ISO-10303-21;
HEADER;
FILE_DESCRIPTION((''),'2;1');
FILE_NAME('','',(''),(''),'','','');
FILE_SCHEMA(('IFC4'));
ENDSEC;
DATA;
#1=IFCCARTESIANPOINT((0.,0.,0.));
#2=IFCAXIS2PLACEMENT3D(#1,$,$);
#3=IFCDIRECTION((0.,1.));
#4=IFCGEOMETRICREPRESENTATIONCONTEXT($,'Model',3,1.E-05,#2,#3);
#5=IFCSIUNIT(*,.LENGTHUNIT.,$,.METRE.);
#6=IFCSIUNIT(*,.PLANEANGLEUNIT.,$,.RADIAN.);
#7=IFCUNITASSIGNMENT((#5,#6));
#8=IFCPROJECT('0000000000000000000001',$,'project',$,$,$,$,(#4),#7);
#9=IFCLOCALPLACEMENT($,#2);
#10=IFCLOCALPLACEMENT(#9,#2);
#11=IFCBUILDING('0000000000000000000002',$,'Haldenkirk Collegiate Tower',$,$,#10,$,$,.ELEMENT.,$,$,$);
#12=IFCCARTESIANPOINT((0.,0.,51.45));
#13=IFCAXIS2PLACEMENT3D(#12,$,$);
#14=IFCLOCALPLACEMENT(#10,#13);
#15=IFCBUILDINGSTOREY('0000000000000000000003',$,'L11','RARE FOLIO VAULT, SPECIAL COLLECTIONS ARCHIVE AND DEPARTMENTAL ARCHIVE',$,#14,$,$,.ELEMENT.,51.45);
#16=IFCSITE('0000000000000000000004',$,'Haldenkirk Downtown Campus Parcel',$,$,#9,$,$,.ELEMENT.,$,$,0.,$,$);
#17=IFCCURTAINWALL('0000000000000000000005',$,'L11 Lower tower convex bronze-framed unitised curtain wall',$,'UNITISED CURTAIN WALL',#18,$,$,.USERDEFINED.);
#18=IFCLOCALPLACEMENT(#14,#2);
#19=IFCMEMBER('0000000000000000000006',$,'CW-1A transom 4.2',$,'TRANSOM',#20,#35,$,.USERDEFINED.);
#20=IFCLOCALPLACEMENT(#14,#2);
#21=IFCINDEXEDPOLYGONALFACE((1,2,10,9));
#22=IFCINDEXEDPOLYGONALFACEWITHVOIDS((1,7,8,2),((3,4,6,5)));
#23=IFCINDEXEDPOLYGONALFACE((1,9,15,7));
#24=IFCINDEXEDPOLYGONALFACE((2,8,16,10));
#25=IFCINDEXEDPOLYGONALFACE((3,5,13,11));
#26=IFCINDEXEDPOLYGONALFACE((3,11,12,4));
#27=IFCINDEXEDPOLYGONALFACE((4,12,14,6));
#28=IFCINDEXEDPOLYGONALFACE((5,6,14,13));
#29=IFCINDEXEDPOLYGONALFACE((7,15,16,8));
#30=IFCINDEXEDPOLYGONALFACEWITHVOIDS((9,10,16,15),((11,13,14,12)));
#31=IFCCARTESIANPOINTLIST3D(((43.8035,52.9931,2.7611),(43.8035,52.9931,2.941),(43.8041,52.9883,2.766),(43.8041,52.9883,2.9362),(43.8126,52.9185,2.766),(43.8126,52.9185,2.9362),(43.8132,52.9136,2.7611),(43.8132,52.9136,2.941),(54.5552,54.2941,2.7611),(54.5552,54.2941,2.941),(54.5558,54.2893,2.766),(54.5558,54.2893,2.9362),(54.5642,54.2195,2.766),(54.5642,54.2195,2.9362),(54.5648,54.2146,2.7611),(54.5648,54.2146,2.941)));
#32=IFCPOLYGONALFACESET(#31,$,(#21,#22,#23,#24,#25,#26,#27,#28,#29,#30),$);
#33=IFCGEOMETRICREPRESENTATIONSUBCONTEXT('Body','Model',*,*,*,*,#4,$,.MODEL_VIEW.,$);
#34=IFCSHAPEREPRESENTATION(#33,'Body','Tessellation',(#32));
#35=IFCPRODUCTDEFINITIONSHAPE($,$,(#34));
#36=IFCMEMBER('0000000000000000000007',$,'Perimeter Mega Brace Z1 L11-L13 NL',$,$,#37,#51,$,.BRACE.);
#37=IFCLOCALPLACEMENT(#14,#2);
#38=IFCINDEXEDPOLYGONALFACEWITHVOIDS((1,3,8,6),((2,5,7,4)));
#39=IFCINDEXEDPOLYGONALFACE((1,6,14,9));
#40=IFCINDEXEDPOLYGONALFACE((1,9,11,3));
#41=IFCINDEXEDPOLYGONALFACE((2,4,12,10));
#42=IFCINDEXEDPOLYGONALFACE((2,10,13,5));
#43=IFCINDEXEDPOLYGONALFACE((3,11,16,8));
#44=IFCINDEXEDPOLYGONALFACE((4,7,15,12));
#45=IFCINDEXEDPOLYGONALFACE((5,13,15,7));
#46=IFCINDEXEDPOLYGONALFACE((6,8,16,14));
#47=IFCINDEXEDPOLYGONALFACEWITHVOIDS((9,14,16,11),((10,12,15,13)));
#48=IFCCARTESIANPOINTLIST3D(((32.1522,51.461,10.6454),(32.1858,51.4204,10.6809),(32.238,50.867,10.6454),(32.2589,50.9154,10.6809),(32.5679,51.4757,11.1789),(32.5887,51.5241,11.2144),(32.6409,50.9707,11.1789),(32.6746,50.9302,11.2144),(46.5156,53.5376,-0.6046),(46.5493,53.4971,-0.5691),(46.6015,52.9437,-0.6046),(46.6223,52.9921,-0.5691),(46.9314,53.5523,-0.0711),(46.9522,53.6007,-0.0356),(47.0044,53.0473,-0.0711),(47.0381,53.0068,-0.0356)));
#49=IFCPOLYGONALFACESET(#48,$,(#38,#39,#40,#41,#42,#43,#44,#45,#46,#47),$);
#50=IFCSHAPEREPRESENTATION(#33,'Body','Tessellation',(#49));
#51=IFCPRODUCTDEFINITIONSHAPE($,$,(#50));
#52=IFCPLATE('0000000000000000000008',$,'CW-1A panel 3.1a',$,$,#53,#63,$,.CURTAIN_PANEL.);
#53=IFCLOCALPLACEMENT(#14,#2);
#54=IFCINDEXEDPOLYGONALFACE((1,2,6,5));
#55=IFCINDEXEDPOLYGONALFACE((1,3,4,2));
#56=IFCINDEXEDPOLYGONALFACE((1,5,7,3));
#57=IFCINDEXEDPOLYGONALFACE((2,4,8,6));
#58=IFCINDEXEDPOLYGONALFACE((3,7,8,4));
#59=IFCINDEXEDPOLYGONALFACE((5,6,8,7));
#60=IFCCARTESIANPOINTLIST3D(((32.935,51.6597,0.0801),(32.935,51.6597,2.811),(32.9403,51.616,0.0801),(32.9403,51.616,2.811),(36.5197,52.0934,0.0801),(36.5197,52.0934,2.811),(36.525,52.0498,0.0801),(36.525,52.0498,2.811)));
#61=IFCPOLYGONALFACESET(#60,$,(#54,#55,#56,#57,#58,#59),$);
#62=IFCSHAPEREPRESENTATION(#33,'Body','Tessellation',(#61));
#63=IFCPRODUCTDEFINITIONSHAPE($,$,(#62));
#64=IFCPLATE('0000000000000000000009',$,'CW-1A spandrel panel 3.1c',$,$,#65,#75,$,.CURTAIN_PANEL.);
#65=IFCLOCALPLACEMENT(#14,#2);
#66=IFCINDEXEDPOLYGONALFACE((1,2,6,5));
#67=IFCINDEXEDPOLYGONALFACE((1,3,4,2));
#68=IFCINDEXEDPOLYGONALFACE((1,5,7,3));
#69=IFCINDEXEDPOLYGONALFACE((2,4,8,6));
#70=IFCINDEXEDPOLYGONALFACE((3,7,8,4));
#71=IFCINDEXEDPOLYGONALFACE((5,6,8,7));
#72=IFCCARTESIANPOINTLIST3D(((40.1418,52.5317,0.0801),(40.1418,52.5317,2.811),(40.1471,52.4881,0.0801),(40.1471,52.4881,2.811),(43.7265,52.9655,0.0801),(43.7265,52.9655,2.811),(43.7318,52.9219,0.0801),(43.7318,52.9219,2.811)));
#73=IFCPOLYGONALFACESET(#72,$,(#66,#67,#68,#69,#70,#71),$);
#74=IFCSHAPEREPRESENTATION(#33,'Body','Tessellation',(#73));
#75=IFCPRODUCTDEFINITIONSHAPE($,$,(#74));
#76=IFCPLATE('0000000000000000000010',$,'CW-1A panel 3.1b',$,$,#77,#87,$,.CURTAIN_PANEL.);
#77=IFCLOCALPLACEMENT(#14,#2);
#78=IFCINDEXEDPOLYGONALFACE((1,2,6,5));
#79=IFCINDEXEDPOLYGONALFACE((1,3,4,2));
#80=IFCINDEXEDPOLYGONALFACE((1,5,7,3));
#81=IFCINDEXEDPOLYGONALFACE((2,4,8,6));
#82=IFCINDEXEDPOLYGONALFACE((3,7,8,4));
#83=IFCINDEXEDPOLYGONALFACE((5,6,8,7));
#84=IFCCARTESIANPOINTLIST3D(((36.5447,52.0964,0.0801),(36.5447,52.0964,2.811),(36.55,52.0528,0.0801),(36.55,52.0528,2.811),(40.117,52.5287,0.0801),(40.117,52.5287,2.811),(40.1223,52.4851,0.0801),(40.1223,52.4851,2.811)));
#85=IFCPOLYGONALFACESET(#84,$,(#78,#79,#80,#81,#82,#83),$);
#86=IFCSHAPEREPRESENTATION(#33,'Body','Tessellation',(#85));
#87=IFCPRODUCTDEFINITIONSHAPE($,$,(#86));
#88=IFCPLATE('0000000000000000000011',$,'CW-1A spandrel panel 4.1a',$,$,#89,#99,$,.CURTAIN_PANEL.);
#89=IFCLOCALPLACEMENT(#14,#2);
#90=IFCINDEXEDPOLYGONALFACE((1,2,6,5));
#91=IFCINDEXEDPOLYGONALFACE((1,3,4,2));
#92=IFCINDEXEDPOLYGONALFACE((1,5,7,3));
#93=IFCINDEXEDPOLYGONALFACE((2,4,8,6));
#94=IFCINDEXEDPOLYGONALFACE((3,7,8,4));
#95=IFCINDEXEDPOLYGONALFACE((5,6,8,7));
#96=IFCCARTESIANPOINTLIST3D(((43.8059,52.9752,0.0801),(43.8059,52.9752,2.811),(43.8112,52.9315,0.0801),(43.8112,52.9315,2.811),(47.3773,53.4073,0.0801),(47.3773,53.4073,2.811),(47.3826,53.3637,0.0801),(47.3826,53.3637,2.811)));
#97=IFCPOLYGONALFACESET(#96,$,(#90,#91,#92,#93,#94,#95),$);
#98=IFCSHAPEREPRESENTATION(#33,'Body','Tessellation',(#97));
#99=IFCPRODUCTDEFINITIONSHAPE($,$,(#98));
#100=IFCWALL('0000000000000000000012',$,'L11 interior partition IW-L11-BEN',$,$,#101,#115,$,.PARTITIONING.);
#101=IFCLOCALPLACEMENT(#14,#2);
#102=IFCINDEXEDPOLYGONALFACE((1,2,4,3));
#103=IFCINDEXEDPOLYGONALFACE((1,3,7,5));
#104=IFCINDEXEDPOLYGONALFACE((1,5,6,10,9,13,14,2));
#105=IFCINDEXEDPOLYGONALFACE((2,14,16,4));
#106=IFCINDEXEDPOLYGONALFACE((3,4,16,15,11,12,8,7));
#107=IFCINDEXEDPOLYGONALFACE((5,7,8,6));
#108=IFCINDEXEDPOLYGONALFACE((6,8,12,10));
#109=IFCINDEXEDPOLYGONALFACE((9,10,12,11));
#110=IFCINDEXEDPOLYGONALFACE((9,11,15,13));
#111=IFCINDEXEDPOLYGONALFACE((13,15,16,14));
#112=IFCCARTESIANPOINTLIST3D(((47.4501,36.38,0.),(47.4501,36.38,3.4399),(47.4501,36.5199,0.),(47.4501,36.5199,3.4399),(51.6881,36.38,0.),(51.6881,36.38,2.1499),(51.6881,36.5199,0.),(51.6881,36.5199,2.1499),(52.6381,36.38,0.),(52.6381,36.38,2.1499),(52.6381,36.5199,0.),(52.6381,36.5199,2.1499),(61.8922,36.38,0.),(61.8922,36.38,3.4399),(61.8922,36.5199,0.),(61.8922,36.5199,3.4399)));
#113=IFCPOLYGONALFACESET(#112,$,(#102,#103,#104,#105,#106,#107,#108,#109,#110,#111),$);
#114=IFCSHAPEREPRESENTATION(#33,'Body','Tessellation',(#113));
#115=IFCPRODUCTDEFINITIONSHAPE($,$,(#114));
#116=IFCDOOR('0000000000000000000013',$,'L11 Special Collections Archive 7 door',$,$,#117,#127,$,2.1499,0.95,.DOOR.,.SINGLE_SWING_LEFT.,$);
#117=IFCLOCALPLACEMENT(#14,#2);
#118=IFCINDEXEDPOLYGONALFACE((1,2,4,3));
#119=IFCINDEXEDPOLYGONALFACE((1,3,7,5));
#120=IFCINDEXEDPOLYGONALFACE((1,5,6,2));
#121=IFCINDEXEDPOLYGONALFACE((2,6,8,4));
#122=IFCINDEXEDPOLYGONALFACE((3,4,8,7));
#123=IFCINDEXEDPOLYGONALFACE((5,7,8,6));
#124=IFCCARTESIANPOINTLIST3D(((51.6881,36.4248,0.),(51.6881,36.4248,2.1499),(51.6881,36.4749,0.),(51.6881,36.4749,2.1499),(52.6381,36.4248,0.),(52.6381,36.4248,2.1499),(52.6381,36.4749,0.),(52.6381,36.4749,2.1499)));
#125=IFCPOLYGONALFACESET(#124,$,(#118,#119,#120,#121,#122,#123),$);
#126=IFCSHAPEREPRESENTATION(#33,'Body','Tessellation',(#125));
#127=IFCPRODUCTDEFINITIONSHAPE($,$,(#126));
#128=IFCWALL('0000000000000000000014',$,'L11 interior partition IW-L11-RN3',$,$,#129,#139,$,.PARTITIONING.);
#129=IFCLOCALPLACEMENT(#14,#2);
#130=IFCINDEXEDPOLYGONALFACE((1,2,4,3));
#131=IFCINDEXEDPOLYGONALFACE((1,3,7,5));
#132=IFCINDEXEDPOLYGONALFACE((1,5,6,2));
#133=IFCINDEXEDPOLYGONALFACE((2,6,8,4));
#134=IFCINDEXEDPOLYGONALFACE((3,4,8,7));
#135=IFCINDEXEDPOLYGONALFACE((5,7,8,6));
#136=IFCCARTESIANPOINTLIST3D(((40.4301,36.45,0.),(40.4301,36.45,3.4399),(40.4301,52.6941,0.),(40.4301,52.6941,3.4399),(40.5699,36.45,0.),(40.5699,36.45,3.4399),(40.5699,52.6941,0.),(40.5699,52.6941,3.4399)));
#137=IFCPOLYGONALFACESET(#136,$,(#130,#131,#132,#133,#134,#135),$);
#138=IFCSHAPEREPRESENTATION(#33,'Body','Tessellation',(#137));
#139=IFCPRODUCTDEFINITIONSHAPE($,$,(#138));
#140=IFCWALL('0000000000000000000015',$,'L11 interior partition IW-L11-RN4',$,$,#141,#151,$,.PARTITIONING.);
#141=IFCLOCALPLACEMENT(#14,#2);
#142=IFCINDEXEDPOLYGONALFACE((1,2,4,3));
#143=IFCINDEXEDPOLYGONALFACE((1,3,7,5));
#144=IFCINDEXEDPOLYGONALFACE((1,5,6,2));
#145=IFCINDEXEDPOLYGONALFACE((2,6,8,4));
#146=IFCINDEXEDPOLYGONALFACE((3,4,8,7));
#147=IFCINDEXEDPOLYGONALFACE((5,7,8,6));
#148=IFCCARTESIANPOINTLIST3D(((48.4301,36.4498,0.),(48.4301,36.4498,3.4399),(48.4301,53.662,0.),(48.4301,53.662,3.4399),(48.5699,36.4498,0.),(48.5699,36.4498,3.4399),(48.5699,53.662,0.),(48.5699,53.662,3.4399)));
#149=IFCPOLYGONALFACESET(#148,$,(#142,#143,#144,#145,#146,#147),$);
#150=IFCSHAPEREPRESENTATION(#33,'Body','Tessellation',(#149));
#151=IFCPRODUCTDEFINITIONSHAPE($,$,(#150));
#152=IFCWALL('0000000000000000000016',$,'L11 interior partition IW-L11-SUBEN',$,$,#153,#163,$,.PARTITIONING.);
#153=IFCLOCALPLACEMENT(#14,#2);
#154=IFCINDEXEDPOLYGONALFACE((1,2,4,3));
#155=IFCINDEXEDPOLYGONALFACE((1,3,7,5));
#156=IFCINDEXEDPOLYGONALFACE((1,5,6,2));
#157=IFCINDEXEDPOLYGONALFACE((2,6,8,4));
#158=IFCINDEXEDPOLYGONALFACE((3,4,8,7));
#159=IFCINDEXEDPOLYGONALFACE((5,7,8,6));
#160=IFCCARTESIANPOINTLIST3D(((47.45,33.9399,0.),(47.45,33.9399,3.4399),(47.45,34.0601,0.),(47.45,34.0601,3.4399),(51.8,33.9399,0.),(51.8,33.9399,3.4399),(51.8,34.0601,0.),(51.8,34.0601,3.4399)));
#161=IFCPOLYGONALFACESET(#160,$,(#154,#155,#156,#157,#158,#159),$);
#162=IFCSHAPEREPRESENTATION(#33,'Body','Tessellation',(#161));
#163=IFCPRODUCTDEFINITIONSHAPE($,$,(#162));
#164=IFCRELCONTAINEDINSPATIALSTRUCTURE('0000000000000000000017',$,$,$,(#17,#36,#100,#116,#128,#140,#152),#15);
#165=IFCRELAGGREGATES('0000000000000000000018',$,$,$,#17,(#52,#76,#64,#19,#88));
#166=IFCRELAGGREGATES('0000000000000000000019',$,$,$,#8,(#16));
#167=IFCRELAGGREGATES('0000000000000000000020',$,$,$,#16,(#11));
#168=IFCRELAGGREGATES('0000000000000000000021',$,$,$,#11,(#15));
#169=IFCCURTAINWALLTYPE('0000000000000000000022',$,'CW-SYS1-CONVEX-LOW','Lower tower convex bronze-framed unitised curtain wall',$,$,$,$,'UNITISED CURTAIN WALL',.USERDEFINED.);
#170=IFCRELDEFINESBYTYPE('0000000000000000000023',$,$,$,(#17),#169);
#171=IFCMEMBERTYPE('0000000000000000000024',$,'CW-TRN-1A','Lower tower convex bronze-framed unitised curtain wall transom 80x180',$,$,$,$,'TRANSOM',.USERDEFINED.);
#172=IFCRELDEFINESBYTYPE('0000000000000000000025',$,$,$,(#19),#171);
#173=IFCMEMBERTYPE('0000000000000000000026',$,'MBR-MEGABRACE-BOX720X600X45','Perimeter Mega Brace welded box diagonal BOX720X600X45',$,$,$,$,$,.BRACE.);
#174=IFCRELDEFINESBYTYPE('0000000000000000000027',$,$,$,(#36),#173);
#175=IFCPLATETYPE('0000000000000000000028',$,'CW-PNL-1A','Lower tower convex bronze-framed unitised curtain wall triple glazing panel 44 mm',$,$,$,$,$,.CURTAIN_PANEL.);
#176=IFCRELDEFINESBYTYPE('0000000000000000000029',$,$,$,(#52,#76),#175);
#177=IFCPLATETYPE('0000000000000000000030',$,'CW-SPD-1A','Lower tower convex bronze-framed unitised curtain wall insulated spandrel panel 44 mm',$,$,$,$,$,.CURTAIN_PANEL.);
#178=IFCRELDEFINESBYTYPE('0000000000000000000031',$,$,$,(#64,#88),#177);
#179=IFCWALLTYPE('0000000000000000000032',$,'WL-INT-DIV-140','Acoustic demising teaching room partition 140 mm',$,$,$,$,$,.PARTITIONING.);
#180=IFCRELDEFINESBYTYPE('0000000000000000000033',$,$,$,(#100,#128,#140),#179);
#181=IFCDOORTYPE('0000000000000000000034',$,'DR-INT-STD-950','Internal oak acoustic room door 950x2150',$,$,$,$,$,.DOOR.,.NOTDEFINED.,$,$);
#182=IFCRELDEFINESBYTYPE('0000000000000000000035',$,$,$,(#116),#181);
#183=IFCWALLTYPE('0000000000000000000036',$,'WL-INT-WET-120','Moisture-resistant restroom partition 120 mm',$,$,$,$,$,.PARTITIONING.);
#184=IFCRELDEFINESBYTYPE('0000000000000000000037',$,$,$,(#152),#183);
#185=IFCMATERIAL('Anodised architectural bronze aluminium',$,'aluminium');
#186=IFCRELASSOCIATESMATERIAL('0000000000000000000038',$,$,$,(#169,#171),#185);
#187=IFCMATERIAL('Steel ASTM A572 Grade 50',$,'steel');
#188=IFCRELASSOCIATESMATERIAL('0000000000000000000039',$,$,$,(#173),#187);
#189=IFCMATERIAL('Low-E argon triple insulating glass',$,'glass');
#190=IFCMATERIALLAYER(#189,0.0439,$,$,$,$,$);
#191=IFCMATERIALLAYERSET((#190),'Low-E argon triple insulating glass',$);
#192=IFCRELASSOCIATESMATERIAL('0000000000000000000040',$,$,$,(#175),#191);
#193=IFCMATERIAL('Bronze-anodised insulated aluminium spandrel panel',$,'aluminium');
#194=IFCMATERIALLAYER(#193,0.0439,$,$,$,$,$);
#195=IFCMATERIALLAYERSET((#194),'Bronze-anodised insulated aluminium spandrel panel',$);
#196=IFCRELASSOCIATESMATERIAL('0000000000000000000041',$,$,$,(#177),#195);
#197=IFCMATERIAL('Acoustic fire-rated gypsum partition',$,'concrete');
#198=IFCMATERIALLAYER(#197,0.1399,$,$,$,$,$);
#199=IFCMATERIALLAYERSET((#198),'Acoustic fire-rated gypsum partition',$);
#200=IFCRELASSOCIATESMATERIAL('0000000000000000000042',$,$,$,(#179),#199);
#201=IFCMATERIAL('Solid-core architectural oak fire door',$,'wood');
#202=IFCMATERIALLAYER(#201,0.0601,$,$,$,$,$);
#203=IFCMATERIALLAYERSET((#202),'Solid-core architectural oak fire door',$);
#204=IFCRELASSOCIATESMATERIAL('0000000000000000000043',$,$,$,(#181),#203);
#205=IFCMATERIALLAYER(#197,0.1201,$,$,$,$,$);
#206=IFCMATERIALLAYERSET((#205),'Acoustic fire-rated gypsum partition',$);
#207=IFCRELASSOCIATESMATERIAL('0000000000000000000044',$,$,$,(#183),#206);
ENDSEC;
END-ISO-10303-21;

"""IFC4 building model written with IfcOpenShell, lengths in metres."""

from ifc_helpers import new_model, si_unit, direction, frame, frame_2d, origin, origin_2d, place, context, subcontext, project, spatial, rectangle, hollow_rectangle, extrude, source, transform, mapped, material, layer, layer_set, material_profile, profile_set, type_object, element, fill, aggregate, save


model = new_model("IFC4")

# Units and contexts
model_context = context("Model", 3, precision=1e-05, world=origin(), true_north=direction((0.0, 1.0)))
body_context = subcontext(model_context, "Body", "Model", "MODEL_VIEW")
ifc_project = project(units=[si_unit("LENGTHUNIT", "METRE"), si_unit("PLANEANGLEUNIT", "RADIAN")], contexts=[model_context])

# Site, building, storey
site_placement = place(None, origin())
site = spatial("IfcSite", under=ifc_project, at=site_placement, Name="Haldenkirk Downtown Campus Parcel", CompositionType="ELEMENT", RefElevation=0.0)
building_placement = place(site_placement, origin())
building = spatial("IfcBuilding", under=site, at=building_placement, Name="Haldenkirk Collegiate Tower", CompositionType="ELEMENT")
storey_placement = place(building_placement, frame((0.0, 0.0, 51.45)))
storey = spatial("IfcBuildingStorey", under=building, at=storey_placement, Name="L11", Description="RARE FOLIO VAULT, SPECIAL COLLECTIONS ARCHIVE AND DEPARTMENTAL ARCHIVE", CompositionType="ELEMENT", Elevation=51.45)

# Curtain wall, member
ifc_material_1 = material(Name="Anodised architectural bronze aluminium", Category="aluminium")
curtain_wall_type = type_object("IfcCurtainWallType", Name="CW-SYS1-CONVEX-LOW", Description="Lower tower convex bronze-framed unitised curtain wall", ElementType="UNITISED CURTAIN WALL", PredefinedType="USERDEFINED", material=ifc_material_1)
curtain_wall_placement = place(storey_placement, origin())
curtain_wall = element("IfcCurtainWall", 1, at=curtain_wall_placement, inside=storey, type_object=curtain_wall_type, Name="L11 Lower tower convex bronze-framed unitised curtain wall", ObjectType="UNITISED CURTAIN WALL", PredefinedType="USERDEFINED")
ifc_material_profile_1 = material_profile(ifc_material_1, hollow_rectangle(XDim=0.0801, YDim=0.1799, WallThickness=0.0049, at=origin_2d()), Name="CW-TRN-1A")
ifc_profile_set_1 = profile_set([ifc_material_profile_1], Name="Anodised architectural bronze aluminium")
member_type_1 = type_object("IfcMemberType", Name="CW-TRN-1A", Description="Lower tower convex bronze-framed unitised curtain wall transom 80x180", ElementType="TRANSOM", PredefinedType="USERDEFINED", material=ifc_profile_set_1)
member_1_placement = place(storey_placement, frame((43.8083, 52.9534, 2.8511), z_axis=(0.992758, 0.12013, 0.0), x_axis=(-0.12013, 0.992758, 0.0)))
member_1 = element("IfcMember", 2, at=member_1_placement, type_object=member_type_1, Name="CW-1A transom 4.2", ObjectType="TRANSOM", PredefinedType="USERDEFINED", context=body_context, shape_type="SweptSolid", body=[
    extrude(hollow_rectangle(XDim=0.0801, YDim=0.1799, WallThickness=0.0049, at=origin_2d()), origin(), (0.0, 0.0, 1.0), 10.8301),
])

# Member
ifc_material_2 = material(Name="Steel ASTM A572 Grade 50", Category="steel")
ifc_material_profile_2 = material_profile(ifc_material_2, hollow_rectangle(XDim=0.6001, YDim=0.72, WallThickness=0.0449, at=origin_2d()), Name="BOX720X600X45")
ifc_profile_set_2 = profile_set([ifc_material_profile_2], Name="Steel ASTM A572 Grade 50")
member_type_2 = type_object("IfcMemberType", Name="MBR-MEGABRACE-BOX720X600X45", Description="Perimeter Mega Brace welded box diagonal BOX720X600X45", PredefinedType="BRACE", material=ifc_profile_set_2)
member_2_placement = place(storey_placement, frame((46.7769, 53.2722, -0.3201), z_axis=(-0.782215, -0.113092, 0.612658), x_axis=(0.143091, -0.98971, 0.0)))
element("IfcMember", 3, at=member_2_placement, inside=storey, type_object=member_type_2, Name="Perimeter Mega Brace Z1 L11-L13 NL", PredefinedType="BRACE", context=body_context, shape_type="SweptSolid", body=[
    extrude(hollow_rectangle(XDim=0.6001, YDim=0.72, WallThickness=0.0449, at=origin_2d()), origin(), (0.0, 0.0, 1.0), 18.3625),
])

# Plates
ifc_material_3 = material(Name="Low-E argon triple insulating glass", Category="glass")
ifc_layer_1 = layer(ifc_material_3, 0.0439)
ifc_layer_set_1 = layer_set([ifc_layer_1], Name="Low-E argon triple insulating glass")
plate_type_1 = type_object("IfcPlateType", Name="CW-PNL-1A", Description="Lower tower convex bronze-framed unitised curtain wall triple glazing panel 44 mm", PredefinedType="CURTAIN_PANEL", material=ifc_layer_set_1)
shared_shape_1 = source(origin(), body_context, "Body", "SweptSolid", [
    extrude(rectangle(XDim=3.6108, YDim=0.0439, at=origin_2d()), origin(), (0.0, 0.0, 1.0), 2.731),
])
plate_1_placement = place(storey_placement, frame((34.73, 51.8547, 0.0801), z_axis=(0.0, 0.0, 1.0), x_axis=(0.992757, 0.120137, 0.0)))
plate_1 = element("IfcPlate", 4, at=plate_1_placement, type_object=plate_type_1, Name="CW-1A panel 3.1a", PredefinedType="CURTAIN_PANEL", context=body_context, shape_type="MappedRepresentation", body=[
    mapped(shared_shape_1, transform((0.0, 0.0, 0.0), x_axis=(1.0, 0.0, 0.0), y_axis=(0.0, 1.0, 0.0), z_axis=(0.0, 0.0, 1.0), scale=1.0)),
])
ifc_material_4 = material(Name="Bronze-anodised insulated aluminium spandrel panel", Category="aluminium")
ifc_layer_2 = layer(ifc_material_4, 0.0439)
ifc_layer_set_2 = layer_set([ifc_layer_2], Name="Bronze-anodised insulated aluminium spandrel panel")
plate_type_2 = type_object("IfcPlateType", Name="CW-SPD-1A", Description="Lower tower convex bronze-framed unitised curtain wall insulated spandrel panel 44 mm", PredefinedType="CURTAIN_PANEL", material=ifc_layer_set_2)
plate_2_placement = place(storey_placement, frame((41.9368, 52.7268, 0.0801), z_axis=(0.0, 0.0, 1.0), x_axis=(0.992757, 0.120137, 0.0)))
plate_2 = element("IfcPlate", 5, at=plate_2_placement, type_object=plate_type_2, Name="CW-1A spandrel panel 3.1c", PredefinedType="CURTAIN_PANEL", context=body_context, shape_type="MappedRepresentation", body=[
    mapped(shared_shape_1, transform((0.0, 0.0, 0.0), x_axis=(1.0, 0.0, 0.0), y_axis=(0.0, 1.0, 0.0), z_axis=(0.0, 0.0, 1.0), scale=1.0)),
])
shared_shape_2 = source(origin(), body_context, "Body", "SweptSolid", [
    extrude(rectangle(XDim=3.5984, YDim=0.0439, at=origin_2d()), origin(), (0.0, 0.0, 1.0), 2.731),
])
plate_3_placement = place(storey_placement, frame((38.3335, 52.2908, 0.0801), z_axis=(0.0, 0.0, 1.0), x_axis=(0.992757, 0.120137, 0.0)))
plate_3 = element("IfcPlate", 6, at=plate_3_placement, type_object=plate_type_1, Name="CW-1A panel 3.1b", PredefinedType="CURTAIN_PANEL", context=body_context, shape_type="MappedRepresentation", body=[
    mapped(shared_shape_2, transform((0.0, 0.0, 0.0), x_axis=(1.0, 0.0, 0.0), y_axis=(0.0, 1.0, 0.0), z_axis=(0.0, 0.0, 1.0), scale=1.0)),
])
shared_shape_3 = source(origin(), body_context, "Body", "SweptSolid", [
    extrude(rectangle(XDim=3.5974, YDim=0.0439, at=origin_2d()), origin(), (0.0, 0.0, 1.0), 2.731),
])
plate_4_placement = place(storey_placement, frame((45.5942, 53.1694, 0.0801), z_axis=(0.0, 0.0, 1.0), x_axis=(0.992757, 0.120137, 0.0)))
plate_4 = element("IfcPlate", 7, at=plate_4_placement, type_object=plate_type_2, Name="CW-1A spandrel panel 4.1a", PredefinedType="CURTAIN_PANEL", context=body_context, shape_type="MappedRepresentation", body=[
    mapped(shared_shape_3, transform((0.0, 0.0, 0.0), x_axis=(1.0, 0.0, 0.0), y_axis=(0.0, 1.0, 0.0), z_axis=(0.0, 0.0, 1.0), scale=1.0)),
])
aggregate(curtain_wall, [plate_1, plate_3, plate_2, member_1, plate_4])

# Wall, opening, door
ifc_material_5 = material(Name="Acoustic fire-rated gypsum partition", Category="concrete")
ifc_layer_3 = layer(ifc_material_5, 0.1399)
ifc_layer_set_3 = layer_set([ifc_layer_3], Name="Acoustic fire-rated gypsum partition")
wall_type_1 = type_object("IfcWallType", Name="WL-INT-DIV-140", Description="Acoustic demising teaching room partition 140 mm", PredefinedType="PARTITIONING", material=ifc_layer_set_3)
wall_1_placement = place(storey_placement, frame((47.45, 36.45, 0.0), z_axis=(0.0, 0.0, 1.0), x_axis=(1.0, 0.0, 0.0)))
wall_1 = element("IfcWall", 8, at=wall_1_placement, inside=storey, type_object=wall_type_1, Name="L11 interior partition IW-L11-BEN", PredefinedType="PARTITIONING", context=body_context, shape_type="SweptSolid", body=[
    extrude(rectangle(XDim=14.4421, YDim=0.1399, at=frame_2d((7.2212, 0.0))), origin(), (0.0, 0.0, 1.0), 3.4399),
])
opening_placement = place(wall_1_placement, frame((4.238, 0.0, 0.0)))
opening = element("IfcOpeningElement", 9, at=opening_placement, cuts=wall_1, PredefinedType="OPENING", context=body_context, shape_type="SweptSolid", body=[
    extrude(rectangle(XDim=0.95, YDim=2.1499, at=frame_2d((0.4751, 1.075))), frame((0.0, 0.0798, 0.0), z_axis=(0.0, -1.0, 0.0), x_axis=(1.0, 0.0, 0.0)), (0.0, 0.0, 1.0), 0.1599),
])
ifc_material_6 = material(Name="Solid-core architectural oak fire door", Category="wood")
ifc_layer_4 = layer(ifc_material_6, 0.0601)
ifc_layer_set_4 = layer_set([ifc_layer_4], Name="Solid-core architectural oak fire door")
door_type = type_object("IfcDoorType", Name="DR-INT-STD-950", Description="Internal oak acoustic room door 950x2150", OperationType="NOTDEFINED", PredefinedType="DOOR", material=ifc_layer_set_4)
door_placement = place(opening_placement, origin())
door = element("IfcDoor", 10, at=door_placement, inside=storey, type_object=door_type, Name="L11 Special Collections Archive 7 door", OperationType="SINGLE_SWING_LEFT", OverallHeight=2.1499, OverallWidth=0.95, PredefinedType="DOOR", context=body_context, shape_type="SweptSolid", body=[
    extrude(rectangle(XDim=0.95, YDim=2.1499, at=frame_2d((0.4751, 1.075))), frame((0.0, 0.0249, 0.0), z_axis=(0.0, -1.0, 0.0), x_axis=(1.0, 0.0, 0.0)), (0.0, 0.0, 1.0), 0.05),
])
fill(opening, door)

# Walls
wall_2_placement = place(storey_placement, frame((40.5, 36.45, 0.0), z_axis=(0.0, 0.0, 1.0), x_axis=(0.0, 1.0, 0.0)))
element("IfcWall", 11, at=wall_2_placement, inside=storey, type_object=wall_type_1, Name="L11 interior partition IW-L11-RN3", PredefinedType="PARTITIONING", context=body_context, shape_type="SweptSolid", body=[
    extrude(rectangle(XDim=16.2441, YDim=0.1399, at=frame_2d((8.1221, 0.0))), origin(), (0.0, 0.0, 1.0), 3.4399),
])
wall_3_placement = place(storey_placement, frame((48.5, 36.45, 0.0), z_axis=(0.0, 0.0, 1.0), x_axis=(0.0, 1.0, 0.0)))
element("IfcWall", 12, at=wall_3_placement, inside=storey, type_object=wall_type_1, Name="L11 interior partition IW-L11-RN4", PredefinedType="PARTITIONING", context=body_context, shape_type="SweptSolid", body=[
    extrude(rectangle(XDim=17.2122, YDim=0.1399, at=frame_2d((8.606, 0.0))), origin(), (0.0, 0.0, 1.0), 3.4399),
])
ifc_layer_5 = layer(ifc_material_5, 0.1201)
ifc_layer_set_5 = layer_set([ifc_layer_5], Name="Acoustic fire-rated gypsum partition")
wall_type_2 = type_object("IfcWallType", Name="WL-INT-WET-120", Description="Moisture-resistant restroom partition 120 mm", PredefinedType="PARTITIONING", material=ifc_layer_set_5)
wall_4_placement = place(storey_placement, frame((47.45, 34.0, 0.0), z_axis=(0.0, 0.0, 1.0), x_axis=(1.0, 0.0, 0.0)))
element("IfcWall", 13, at=wall_4_placement, inside=storey, type_object=wall_type_2, Name="L11 interior partition IW-L11-SUBEN", PredefinedType="PARTITIONING", context=body_context, shape_type="SweptSolid", body=[
    extrude(rectangle(XDim=4.3501, YDim=0.1201, at=frame_2d((2.175, 0.0))), origin(), (0.0, 0.0, 1.0), 3.4399),
])

save(model, "model.ifc")
